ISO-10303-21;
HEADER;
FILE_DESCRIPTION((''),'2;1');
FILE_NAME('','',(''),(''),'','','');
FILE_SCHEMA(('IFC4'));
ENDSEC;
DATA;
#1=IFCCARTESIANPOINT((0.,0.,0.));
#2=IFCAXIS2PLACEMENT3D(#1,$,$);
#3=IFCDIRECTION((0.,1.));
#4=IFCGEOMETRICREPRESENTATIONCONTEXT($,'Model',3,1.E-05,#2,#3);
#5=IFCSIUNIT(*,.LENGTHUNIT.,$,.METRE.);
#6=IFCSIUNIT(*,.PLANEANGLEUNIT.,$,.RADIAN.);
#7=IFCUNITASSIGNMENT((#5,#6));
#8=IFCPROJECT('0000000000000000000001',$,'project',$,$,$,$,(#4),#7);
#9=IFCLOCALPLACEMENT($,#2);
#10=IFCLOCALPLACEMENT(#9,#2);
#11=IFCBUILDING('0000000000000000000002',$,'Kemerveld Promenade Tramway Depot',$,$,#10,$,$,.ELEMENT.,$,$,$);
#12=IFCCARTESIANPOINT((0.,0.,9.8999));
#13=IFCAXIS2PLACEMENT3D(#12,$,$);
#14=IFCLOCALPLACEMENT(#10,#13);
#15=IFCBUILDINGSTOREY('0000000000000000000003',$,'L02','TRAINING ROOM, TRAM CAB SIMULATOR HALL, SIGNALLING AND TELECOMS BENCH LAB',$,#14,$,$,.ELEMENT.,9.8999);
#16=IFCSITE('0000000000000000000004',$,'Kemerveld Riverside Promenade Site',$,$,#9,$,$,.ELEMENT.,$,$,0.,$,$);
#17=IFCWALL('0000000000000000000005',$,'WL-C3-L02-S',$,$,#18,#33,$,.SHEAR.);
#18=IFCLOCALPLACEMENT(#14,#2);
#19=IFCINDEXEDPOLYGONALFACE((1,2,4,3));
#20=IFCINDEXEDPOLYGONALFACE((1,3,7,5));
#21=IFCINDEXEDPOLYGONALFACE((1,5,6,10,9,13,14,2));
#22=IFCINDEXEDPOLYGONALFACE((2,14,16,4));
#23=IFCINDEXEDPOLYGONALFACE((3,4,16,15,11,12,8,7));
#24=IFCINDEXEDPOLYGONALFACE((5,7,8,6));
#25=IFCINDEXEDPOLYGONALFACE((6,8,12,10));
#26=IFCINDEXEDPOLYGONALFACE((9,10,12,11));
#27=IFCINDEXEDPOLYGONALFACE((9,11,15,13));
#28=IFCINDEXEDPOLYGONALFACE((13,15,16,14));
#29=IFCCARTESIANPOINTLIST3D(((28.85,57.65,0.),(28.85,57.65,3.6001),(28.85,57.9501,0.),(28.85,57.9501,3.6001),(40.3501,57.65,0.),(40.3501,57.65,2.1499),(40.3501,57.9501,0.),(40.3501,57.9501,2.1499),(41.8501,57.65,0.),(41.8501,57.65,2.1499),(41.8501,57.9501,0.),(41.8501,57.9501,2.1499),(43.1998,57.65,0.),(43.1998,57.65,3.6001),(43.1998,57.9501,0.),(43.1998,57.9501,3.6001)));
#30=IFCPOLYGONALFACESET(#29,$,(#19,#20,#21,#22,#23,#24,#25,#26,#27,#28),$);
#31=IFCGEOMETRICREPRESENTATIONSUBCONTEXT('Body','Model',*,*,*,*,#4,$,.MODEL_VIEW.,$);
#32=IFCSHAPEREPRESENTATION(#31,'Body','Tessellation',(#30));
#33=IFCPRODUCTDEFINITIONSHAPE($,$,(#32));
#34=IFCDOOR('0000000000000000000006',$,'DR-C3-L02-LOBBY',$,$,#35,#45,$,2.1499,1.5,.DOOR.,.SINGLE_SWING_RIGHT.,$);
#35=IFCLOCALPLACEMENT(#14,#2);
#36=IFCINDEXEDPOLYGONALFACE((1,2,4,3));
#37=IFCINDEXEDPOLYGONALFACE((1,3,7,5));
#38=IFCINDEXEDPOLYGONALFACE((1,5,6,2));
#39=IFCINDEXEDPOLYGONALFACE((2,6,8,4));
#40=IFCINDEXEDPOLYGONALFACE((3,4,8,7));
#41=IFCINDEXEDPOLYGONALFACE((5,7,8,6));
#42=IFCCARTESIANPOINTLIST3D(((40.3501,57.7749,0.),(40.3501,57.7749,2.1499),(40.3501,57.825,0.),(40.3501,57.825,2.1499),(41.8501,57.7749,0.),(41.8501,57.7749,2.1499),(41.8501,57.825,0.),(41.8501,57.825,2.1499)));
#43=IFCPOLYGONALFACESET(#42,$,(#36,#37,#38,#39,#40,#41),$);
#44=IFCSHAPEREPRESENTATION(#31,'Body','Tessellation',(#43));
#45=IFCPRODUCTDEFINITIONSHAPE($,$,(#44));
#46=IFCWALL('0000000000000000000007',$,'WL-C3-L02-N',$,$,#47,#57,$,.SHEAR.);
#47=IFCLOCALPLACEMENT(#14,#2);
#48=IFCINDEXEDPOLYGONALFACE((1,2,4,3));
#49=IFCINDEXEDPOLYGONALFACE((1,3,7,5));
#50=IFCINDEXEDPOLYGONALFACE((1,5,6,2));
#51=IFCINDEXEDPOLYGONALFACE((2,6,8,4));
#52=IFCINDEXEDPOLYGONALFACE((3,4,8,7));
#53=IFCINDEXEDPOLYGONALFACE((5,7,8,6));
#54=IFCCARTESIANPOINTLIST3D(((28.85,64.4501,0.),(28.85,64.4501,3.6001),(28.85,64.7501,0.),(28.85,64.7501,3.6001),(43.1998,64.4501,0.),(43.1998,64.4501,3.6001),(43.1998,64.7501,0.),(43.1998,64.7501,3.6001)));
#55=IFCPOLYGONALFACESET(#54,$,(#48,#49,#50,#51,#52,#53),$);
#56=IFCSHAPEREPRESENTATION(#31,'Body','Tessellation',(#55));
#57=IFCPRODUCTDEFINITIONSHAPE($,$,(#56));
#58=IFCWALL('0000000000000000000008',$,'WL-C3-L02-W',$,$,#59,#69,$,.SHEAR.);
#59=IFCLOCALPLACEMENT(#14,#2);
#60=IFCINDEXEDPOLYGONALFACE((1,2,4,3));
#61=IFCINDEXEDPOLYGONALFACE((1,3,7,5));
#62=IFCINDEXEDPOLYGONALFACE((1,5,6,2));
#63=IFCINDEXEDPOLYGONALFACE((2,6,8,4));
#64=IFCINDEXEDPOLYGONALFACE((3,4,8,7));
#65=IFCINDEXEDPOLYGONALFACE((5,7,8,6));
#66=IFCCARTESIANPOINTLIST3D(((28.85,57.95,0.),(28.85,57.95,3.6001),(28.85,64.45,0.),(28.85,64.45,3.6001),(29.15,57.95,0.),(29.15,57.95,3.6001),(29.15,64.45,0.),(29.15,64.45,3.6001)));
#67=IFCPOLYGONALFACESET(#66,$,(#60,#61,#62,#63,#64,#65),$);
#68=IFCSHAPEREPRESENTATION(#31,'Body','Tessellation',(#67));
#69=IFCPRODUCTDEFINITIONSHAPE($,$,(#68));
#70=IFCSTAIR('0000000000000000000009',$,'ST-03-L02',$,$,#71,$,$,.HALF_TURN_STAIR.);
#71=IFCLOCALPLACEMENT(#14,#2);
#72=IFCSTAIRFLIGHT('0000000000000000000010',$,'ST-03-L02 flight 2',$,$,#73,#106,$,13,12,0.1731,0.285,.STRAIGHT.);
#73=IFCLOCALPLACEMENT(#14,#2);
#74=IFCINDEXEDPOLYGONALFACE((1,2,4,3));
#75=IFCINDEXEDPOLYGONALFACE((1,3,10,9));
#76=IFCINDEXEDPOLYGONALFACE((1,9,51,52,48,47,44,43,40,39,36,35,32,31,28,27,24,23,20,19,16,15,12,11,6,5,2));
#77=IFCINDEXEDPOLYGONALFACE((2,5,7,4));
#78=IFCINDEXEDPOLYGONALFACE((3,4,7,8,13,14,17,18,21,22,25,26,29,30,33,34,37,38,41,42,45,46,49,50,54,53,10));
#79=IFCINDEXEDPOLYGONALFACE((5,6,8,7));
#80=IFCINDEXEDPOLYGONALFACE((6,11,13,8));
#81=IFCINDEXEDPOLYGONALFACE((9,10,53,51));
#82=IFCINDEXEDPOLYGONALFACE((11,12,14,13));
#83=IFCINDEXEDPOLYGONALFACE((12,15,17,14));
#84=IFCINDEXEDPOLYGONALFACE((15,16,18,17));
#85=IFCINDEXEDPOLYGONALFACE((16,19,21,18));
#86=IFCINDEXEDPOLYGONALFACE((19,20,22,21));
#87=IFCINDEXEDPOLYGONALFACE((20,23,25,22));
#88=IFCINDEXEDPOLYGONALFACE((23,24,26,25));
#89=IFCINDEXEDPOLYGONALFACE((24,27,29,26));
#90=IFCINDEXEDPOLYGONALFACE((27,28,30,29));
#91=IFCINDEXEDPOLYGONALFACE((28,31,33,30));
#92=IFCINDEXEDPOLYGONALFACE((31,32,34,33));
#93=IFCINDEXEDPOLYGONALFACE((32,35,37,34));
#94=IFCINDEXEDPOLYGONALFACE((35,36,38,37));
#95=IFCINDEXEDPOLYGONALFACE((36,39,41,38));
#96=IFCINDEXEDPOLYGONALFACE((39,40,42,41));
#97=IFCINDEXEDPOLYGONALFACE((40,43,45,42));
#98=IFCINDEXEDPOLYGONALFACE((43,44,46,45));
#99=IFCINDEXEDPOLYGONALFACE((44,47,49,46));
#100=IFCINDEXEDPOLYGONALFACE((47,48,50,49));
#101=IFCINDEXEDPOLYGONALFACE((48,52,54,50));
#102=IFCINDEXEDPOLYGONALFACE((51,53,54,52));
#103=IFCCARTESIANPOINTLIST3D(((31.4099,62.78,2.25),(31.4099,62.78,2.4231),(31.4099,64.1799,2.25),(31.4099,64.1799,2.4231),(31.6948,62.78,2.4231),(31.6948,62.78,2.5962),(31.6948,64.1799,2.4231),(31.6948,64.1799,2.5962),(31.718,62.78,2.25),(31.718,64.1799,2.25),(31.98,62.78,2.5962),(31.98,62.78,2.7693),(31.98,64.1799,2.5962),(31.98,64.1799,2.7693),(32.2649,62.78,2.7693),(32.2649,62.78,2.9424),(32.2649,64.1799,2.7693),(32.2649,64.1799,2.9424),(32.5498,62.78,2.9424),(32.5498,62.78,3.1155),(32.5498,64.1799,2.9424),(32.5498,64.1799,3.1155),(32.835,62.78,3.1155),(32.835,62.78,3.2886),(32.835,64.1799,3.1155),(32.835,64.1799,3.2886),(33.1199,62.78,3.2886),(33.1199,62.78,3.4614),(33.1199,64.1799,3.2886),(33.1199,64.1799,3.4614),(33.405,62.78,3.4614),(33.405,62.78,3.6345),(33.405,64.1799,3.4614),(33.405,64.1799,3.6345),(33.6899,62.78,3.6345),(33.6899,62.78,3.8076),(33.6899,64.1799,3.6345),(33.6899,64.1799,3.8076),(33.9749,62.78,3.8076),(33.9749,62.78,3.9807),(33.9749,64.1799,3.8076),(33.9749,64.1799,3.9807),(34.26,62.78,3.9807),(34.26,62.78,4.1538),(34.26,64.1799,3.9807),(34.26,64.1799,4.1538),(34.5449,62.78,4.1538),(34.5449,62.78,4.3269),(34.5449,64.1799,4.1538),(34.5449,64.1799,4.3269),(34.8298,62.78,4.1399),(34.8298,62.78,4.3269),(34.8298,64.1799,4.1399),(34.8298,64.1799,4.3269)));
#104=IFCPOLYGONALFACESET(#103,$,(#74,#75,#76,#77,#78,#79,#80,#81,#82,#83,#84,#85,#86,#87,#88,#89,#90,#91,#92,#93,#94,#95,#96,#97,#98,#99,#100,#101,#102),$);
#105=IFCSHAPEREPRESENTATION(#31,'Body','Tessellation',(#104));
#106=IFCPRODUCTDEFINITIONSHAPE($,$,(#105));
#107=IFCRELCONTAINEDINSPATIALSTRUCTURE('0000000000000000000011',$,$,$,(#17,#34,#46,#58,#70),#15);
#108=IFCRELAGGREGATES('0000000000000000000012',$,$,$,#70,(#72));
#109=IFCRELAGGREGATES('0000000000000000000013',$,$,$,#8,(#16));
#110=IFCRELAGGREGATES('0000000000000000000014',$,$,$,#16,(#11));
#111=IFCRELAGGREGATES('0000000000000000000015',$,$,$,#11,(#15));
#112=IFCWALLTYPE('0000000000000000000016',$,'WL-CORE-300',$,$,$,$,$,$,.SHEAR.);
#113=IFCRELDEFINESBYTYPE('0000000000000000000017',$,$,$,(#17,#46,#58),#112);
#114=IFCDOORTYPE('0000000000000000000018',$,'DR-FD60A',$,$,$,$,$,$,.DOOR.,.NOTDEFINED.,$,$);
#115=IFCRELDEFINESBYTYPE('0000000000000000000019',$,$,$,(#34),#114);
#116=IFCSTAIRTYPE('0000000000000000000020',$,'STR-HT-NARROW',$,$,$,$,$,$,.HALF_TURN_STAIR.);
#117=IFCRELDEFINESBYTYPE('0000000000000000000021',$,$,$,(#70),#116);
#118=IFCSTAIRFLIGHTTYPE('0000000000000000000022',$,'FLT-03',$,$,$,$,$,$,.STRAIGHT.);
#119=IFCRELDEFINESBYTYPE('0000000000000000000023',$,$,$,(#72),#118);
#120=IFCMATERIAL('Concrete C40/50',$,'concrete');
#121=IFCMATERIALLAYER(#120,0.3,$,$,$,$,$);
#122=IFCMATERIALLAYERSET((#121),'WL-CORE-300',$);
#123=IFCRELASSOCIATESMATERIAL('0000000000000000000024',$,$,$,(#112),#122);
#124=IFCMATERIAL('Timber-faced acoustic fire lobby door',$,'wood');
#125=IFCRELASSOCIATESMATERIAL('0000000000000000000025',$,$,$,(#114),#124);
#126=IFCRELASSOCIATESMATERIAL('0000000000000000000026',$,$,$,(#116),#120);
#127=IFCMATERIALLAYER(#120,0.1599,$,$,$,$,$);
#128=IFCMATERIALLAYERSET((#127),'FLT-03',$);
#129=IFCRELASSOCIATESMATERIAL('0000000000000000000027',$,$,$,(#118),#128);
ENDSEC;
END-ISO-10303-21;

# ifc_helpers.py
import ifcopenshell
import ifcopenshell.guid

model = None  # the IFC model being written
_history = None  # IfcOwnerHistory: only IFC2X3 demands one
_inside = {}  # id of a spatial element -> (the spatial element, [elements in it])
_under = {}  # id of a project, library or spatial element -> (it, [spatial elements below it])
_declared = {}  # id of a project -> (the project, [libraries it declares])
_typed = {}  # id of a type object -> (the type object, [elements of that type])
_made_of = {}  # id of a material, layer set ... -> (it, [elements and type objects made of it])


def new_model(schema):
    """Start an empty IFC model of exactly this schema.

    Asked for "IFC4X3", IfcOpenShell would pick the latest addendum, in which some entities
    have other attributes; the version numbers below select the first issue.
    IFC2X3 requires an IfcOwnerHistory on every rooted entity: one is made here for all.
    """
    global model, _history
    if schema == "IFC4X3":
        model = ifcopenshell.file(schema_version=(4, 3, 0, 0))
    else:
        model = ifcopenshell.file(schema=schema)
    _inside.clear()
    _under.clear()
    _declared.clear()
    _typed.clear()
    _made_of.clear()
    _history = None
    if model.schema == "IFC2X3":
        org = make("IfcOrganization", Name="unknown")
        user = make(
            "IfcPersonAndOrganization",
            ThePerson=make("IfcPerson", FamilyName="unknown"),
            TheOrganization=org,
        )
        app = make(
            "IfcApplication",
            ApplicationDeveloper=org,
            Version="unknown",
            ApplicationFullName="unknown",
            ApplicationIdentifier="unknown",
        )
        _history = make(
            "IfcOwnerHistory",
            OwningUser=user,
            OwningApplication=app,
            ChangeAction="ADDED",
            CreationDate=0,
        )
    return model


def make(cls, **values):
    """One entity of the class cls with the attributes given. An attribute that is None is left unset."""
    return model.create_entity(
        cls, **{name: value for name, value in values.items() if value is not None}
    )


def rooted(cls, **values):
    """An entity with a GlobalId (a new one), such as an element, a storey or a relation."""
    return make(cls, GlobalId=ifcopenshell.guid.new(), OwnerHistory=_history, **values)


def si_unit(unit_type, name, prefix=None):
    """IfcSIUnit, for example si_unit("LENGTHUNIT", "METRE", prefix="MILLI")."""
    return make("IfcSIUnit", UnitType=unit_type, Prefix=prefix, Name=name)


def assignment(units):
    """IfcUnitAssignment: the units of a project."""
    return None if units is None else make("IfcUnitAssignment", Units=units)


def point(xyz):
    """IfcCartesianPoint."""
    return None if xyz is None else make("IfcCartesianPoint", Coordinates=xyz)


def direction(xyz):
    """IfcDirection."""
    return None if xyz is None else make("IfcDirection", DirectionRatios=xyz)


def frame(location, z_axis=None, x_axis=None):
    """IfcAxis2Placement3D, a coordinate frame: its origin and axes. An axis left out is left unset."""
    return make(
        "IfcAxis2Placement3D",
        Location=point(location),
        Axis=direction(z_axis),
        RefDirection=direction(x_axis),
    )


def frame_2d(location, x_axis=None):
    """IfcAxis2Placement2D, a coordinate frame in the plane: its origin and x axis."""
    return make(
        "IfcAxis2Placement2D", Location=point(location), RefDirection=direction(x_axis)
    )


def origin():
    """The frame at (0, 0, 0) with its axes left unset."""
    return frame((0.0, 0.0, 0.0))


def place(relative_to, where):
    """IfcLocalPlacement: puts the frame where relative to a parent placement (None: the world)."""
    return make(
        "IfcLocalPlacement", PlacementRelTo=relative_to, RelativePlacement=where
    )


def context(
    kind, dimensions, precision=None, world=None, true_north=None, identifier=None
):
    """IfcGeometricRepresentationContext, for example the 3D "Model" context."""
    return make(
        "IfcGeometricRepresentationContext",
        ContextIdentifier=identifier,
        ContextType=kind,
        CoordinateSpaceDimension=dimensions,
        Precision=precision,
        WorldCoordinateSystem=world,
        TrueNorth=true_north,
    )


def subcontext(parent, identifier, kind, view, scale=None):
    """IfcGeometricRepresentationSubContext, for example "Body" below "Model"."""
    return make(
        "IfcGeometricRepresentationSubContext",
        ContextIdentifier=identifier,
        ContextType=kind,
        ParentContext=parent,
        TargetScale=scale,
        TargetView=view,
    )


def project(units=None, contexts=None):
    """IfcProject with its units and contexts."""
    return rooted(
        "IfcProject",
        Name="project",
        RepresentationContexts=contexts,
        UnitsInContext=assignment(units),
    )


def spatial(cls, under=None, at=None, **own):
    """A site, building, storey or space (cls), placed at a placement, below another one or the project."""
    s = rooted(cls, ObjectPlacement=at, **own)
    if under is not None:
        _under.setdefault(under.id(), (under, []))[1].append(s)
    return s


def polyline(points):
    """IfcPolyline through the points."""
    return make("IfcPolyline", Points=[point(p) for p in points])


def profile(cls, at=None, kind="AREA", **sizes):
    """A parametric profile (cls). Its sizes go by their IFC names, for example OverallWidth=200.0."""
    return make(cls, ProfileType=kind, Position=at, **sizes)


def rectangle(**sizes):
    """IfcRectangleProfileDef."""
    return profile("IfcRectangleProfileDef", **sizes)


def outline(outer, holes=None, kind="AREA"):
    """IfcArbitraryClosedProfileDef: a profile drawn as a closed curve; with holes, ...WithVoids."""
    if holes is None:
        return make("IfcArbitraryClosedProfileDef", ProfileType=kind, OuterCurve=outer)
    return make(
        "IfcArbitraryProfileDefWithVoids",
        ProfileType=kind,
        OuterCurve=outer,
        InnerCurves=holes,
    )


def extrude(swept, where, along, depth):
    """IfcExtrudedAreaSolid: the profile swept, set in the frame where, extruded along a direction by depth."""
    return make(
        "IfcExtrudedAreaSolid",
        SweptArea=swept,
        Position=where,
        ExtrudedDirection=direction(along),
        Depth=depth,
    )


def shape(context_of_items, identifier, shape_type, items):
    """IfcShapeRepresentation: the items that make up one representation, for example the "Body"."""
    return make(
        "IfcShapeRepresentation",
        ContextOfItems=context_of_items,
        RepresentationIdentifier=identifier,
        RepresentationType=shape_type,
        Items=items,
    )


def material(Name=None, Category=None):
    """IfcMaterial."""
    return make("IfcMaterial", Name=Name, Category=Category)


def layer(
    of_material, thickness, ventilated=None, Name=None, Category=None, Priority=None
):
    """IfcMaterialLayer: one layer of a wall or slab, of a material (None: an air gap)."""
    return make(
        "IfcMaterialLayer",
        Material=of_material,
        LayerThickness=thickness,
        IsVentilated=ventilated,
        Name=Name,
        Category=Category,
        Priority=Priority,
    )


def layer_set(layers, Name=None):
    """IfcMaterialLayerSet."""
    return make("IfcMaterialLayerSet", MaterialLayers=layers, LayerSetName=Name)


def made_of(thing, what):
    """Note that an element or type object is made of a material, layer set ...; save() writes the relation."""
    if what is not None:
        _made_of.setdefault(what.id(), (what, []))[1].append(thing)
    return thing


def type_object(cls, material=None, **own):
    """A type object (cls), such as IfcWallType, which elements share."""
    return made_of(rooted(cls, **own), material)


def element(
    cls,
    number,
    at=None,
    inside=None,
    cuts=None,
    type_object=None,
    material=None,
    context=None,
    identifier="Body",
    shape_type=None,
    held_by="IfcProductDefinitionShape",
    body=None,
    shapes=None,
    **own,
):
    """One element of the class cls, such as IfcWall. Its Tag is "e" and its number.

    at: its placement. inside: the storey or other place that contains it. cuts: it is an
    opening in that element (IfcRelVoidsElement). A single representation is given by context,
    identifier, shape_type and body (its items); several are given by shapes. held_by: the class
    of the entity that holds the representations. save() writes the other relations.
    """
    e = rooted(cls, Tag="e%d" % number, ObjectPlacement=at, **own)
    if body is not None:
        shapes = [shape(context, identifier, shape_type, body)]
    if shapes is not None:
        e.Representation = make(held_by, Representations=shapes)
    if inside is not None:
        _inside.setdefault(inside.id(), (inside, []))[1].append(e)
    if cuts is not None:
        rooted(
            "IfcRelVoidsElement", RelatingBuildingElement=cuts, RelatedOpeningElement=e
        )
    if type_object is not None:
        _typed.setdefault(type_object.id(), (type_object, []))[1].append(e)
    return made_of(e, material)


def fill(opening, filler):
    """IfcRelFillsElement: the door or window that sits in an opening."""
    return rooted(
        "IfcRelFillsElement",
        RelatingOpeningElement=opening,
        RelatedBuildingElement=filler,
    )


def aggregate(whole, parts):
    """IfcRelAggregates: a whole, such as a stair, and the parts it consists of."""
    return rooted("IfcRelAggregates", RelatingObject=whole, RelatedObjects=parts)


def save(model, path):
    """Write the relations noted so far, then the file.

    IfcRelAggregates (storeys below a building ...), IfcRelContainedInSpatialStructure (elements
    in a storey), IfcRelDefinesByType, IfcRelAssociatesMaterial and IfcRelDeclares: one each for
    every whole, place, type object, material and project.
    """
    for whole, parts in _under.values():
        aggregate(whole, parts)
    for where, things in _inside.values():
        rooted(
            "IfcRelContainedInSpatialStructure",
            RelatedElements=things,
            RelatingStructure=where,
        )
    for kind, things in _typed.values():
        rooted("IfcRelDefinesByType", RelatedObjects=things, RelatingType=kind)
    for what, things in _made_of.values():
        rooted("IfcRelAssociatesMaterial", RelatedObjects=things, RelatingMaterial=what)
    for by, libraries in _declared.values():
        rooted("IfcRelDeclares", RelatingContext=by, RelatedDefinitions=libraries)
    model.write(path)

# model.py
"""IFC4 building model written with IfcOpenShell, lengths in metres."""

from ifc_helpers import new_model, si_unit, direction, frame, frame_2d, origin, place, context, subcontext, project, spatial, polyline, rectangle, outline, extrude, material, layer, layer_set, type_object, element, fill, aggregate, save


model = new_model("IFC4")

# Units and contexts
model_context = context("Model", 3, precision=1e-05, world=origin(), true_north=direction((0.0, 1.0)))
body_context = subcontext(model_context, "Body", "Model", "MODEL_VIEW")
ifc_project = project(units=[si_unit("LENGTHUNIT", "METRE"), si_unit("PLANEANGLEUNIT", "RADIAN")], contexts=[model_context])

# Site, building, storey
site_placement = place(None, origin())
site = spatial("IfcSite", under=ifc_project, at=site_placement, Name="Kemerveld Riverside Promenade Site", CompositionType="ELEMENT", RefElevation=0.0)
building_placement = place(site_placement, origin())
building = spatial("IfcBuilding", under=site, at=building_placement, Name="Kemerveld Promenade Tramway Depot", CompositionType="ELEMENT")
storey_placement = place(building_placement, frame((0.0, 0.0, 9.8999)))
storey = spatial("IfcBuildingStorey", under=building, at=storey_placement, Name="L02", Description="TRAINING ROOM, TRAM CAB SIMULATOR HALL, SIGNALLING AND TELECOMS BENCH LAB", CompositionType="ELEMENT", Elevation=9.8999)

# Wall, opening, door
ifc_material_1 = material(Name="Concrete C40/50", Category="concrete")
ifc_layer_1 = layer(ifc_material_1, 0.3)
ifc_layer_set_1 = layer_set([ifc_layer_1], Name="WL-CORE-300")
wall_type = type_object("IfcWallType", Name="WL-CORE-300", PredefinedType="SHEAR", material=ifc_layer_set_1)
wall_1_placement = place(storey_placement, frame((28.8501, 57.8, 0.0), z_axis=(0.0, 0.0, 1.0), x_axis=(1.0, 0.0, 0.0)))
wall_1 = element("IfcWall", 1, at=wall_1_placement, inside=storey, type_object=wall_type, Name="WL-C3-L02-S", PredefinedType="SHEAR", context=body_context, shape_type="SweptSolid", body=[
    extrude(rectangle(XDim=14.3499, YDim=0.3, at=frame_2d((7.1748, 0.0))), origin(), (0.0, 0.0, 1.0), 3.6001),
])
opening_placement = place(wall_1_placement, frame((11.5, 0.0, 0.0)))
opening = element("IfcOpeningElement", 2, at=opening_placement, cuts=wall_1, PredefinedType="OPENING", context=body_context, shape_type="SweptSolid", body=[
    extrude(rectangle(XDim=1.5, YDim=2.1499, at=frame_2d((0.75, 1.075))), frame((0.0, 0.1599, 0.0), z_axis=(0.0, -1.0, 0.0), x_axis=(1.0, 0.0, 0.0)), (0.0, 0.0, 1.0), 0.3201),
])
ifc_material_2 = material(Name="Timber-faced acoustic fire lobby door", Category="wood")
door_type = type_object("IfcDoorType", Name="DR-FD60A", OperationType="NOTDEFINED", PredefinedType="DOOR", material=ifc_material_2)
door_placement = place(opening_placement, origin())
door = element("IfcDoor", 3, at=door_placement, inside=storey, type_object=door_type, Name="DR-C3-L02-LOBBY", OperationType="SINGLE_SWING_RIGHT", OverallHeight=2.1499, OverallWidth=1.5, PredefinedType="DOOR", context=body_context, shape_type="SweptSolid", body=[
    extrude(rectangle(XDim=1.5, YDim=2.1499, at=frame_2d((0.75, 1.075))), frame((0.0, 0.0249, 0.0), z_axis=(0.0, -1.0, 0.0), x_axis=(1.0, 0.0, 0.0)), (0.0, 0.0, 1.0), 0.05),
])
fill(opening, door)

# Walls
wall_2_placement = place(storey_placement, frame((28.8501, 64.6001, 0.0), z_axis=(0.0, 0.0, 1.0), x_axis=(1.0, 0.0, 0.0)))
element("IfcWall", 4, at=wall_2_placement, inside=storey, type_object=wall_type, Name="WL-C3-L02-N", PredefinedType="SHEAR", context=body_context, shape_type="SweptSolid", body=[
    extrude(rectangle(XDim=14.3499, YDim=0.3, at=frame_2d((7.1748, 0.0))), origin(), (0.0, 0.0, 1.0), 3.6001),
])
wall_3_placement = place(storey_placement, frame((29.0, 57.95, 0.0), z_axis=(0.0, 0.0, 1.0), x_axis=(0.0, 1.0, 0.0)))
element("IfcWall", 5, at=wall_3_placement, inside=storey, type_object=wall_type, Name="WL-C3-L02-W", PredefinedType="SHEAR", context=body_context, shape_type="SweptSolid", body=[
    extrude(rectangle(XDim=6.5, YDim=0.3, at=frame_2d((3.25, 0.0))), origin(), (0.0, 0.0, 1.0), 3.6001),
])

# Stair, stair flight
stair_type = type_object("IfcStairType", Name="STR-HT-NARROW", PredefinedType="HALF_TURN_STAIR", material=ifc_material_1)
stair_placement = place(storey_placement, origin())
stair = element("IfcStair", 6, at=stair_placement, inside=storey, type_object=stair_type, Name="ST-03-L02", PredefinedType="HALF_TURN_STAIR")
ifc_layer_2 = layer(ifc_material_1, 0.1599)
ifc_layer_set_2 = layer_set([ifc_layer_2], Name="FLT-03")
stair_flight_type = type_object("IfcStairFlightType", Name="FLT-03", PredefinedType="STRAIGHT", material=ifc_layer_set_2)
stair_flight_placement = place(storey_placement, frame((31.4099, 63.48, 2.25), z_axis=(0.0, 0.0, 1.0), x_axis=(1.0, 0.0, 0.0)))
stair_flight = element("IfcStairFlight", 7, at=stair_flight_placement, type_object=stair_flight_type, Name="ST-03-L02 flight 2", NumberOfRisers=13, NumberOfTreads=12, PredefinedType="STRAIGHT", RiserHeight=0.1731, TreadLength=0.285, context=body_context, shape_type="SweptSolid", body=[
    extrude(outline(polyline([(0.0, 0.0), (0.0, 0.1731), (0.2849, 0.1731), (0.2849, 0.3462), (0.5701, 0.3462), (0.5701, 0.5193), (0.855, 0.5193), (0.855, 0.6924), (1.1399, 0.6924), (1.1399, 0.8655), (1.425, 0.8655), (1.425, 1.0386), (1.71, 1.0386), (1.71, 1.2114), (1.9951, 1.2114), (1.9951, 1.3845), (2.28, 1.3845), (2.28, 1.5576), (2.5649, 1.5576), (2.5649, 1.7307), (2.8501, 1.7307), (2.8501, 1.9038), (3.135, 1.9038), (3.135, 2.0769), (3.4199, 2.0769), (3.4199, 2.25), (3.4199, 1.8899), (0.3081, 0.0), (0.0, 0.0)])), frame((0.0, 0.7, 0.0), z_axis=(0.0, -1.0, 0.0), x_axis=(1.0, 0.0, 0.0)), (0.0, 0.0, 1.0), 1.3999),
])
aggregate(stair, [stair_flight])

save(model, "model.ifc")
